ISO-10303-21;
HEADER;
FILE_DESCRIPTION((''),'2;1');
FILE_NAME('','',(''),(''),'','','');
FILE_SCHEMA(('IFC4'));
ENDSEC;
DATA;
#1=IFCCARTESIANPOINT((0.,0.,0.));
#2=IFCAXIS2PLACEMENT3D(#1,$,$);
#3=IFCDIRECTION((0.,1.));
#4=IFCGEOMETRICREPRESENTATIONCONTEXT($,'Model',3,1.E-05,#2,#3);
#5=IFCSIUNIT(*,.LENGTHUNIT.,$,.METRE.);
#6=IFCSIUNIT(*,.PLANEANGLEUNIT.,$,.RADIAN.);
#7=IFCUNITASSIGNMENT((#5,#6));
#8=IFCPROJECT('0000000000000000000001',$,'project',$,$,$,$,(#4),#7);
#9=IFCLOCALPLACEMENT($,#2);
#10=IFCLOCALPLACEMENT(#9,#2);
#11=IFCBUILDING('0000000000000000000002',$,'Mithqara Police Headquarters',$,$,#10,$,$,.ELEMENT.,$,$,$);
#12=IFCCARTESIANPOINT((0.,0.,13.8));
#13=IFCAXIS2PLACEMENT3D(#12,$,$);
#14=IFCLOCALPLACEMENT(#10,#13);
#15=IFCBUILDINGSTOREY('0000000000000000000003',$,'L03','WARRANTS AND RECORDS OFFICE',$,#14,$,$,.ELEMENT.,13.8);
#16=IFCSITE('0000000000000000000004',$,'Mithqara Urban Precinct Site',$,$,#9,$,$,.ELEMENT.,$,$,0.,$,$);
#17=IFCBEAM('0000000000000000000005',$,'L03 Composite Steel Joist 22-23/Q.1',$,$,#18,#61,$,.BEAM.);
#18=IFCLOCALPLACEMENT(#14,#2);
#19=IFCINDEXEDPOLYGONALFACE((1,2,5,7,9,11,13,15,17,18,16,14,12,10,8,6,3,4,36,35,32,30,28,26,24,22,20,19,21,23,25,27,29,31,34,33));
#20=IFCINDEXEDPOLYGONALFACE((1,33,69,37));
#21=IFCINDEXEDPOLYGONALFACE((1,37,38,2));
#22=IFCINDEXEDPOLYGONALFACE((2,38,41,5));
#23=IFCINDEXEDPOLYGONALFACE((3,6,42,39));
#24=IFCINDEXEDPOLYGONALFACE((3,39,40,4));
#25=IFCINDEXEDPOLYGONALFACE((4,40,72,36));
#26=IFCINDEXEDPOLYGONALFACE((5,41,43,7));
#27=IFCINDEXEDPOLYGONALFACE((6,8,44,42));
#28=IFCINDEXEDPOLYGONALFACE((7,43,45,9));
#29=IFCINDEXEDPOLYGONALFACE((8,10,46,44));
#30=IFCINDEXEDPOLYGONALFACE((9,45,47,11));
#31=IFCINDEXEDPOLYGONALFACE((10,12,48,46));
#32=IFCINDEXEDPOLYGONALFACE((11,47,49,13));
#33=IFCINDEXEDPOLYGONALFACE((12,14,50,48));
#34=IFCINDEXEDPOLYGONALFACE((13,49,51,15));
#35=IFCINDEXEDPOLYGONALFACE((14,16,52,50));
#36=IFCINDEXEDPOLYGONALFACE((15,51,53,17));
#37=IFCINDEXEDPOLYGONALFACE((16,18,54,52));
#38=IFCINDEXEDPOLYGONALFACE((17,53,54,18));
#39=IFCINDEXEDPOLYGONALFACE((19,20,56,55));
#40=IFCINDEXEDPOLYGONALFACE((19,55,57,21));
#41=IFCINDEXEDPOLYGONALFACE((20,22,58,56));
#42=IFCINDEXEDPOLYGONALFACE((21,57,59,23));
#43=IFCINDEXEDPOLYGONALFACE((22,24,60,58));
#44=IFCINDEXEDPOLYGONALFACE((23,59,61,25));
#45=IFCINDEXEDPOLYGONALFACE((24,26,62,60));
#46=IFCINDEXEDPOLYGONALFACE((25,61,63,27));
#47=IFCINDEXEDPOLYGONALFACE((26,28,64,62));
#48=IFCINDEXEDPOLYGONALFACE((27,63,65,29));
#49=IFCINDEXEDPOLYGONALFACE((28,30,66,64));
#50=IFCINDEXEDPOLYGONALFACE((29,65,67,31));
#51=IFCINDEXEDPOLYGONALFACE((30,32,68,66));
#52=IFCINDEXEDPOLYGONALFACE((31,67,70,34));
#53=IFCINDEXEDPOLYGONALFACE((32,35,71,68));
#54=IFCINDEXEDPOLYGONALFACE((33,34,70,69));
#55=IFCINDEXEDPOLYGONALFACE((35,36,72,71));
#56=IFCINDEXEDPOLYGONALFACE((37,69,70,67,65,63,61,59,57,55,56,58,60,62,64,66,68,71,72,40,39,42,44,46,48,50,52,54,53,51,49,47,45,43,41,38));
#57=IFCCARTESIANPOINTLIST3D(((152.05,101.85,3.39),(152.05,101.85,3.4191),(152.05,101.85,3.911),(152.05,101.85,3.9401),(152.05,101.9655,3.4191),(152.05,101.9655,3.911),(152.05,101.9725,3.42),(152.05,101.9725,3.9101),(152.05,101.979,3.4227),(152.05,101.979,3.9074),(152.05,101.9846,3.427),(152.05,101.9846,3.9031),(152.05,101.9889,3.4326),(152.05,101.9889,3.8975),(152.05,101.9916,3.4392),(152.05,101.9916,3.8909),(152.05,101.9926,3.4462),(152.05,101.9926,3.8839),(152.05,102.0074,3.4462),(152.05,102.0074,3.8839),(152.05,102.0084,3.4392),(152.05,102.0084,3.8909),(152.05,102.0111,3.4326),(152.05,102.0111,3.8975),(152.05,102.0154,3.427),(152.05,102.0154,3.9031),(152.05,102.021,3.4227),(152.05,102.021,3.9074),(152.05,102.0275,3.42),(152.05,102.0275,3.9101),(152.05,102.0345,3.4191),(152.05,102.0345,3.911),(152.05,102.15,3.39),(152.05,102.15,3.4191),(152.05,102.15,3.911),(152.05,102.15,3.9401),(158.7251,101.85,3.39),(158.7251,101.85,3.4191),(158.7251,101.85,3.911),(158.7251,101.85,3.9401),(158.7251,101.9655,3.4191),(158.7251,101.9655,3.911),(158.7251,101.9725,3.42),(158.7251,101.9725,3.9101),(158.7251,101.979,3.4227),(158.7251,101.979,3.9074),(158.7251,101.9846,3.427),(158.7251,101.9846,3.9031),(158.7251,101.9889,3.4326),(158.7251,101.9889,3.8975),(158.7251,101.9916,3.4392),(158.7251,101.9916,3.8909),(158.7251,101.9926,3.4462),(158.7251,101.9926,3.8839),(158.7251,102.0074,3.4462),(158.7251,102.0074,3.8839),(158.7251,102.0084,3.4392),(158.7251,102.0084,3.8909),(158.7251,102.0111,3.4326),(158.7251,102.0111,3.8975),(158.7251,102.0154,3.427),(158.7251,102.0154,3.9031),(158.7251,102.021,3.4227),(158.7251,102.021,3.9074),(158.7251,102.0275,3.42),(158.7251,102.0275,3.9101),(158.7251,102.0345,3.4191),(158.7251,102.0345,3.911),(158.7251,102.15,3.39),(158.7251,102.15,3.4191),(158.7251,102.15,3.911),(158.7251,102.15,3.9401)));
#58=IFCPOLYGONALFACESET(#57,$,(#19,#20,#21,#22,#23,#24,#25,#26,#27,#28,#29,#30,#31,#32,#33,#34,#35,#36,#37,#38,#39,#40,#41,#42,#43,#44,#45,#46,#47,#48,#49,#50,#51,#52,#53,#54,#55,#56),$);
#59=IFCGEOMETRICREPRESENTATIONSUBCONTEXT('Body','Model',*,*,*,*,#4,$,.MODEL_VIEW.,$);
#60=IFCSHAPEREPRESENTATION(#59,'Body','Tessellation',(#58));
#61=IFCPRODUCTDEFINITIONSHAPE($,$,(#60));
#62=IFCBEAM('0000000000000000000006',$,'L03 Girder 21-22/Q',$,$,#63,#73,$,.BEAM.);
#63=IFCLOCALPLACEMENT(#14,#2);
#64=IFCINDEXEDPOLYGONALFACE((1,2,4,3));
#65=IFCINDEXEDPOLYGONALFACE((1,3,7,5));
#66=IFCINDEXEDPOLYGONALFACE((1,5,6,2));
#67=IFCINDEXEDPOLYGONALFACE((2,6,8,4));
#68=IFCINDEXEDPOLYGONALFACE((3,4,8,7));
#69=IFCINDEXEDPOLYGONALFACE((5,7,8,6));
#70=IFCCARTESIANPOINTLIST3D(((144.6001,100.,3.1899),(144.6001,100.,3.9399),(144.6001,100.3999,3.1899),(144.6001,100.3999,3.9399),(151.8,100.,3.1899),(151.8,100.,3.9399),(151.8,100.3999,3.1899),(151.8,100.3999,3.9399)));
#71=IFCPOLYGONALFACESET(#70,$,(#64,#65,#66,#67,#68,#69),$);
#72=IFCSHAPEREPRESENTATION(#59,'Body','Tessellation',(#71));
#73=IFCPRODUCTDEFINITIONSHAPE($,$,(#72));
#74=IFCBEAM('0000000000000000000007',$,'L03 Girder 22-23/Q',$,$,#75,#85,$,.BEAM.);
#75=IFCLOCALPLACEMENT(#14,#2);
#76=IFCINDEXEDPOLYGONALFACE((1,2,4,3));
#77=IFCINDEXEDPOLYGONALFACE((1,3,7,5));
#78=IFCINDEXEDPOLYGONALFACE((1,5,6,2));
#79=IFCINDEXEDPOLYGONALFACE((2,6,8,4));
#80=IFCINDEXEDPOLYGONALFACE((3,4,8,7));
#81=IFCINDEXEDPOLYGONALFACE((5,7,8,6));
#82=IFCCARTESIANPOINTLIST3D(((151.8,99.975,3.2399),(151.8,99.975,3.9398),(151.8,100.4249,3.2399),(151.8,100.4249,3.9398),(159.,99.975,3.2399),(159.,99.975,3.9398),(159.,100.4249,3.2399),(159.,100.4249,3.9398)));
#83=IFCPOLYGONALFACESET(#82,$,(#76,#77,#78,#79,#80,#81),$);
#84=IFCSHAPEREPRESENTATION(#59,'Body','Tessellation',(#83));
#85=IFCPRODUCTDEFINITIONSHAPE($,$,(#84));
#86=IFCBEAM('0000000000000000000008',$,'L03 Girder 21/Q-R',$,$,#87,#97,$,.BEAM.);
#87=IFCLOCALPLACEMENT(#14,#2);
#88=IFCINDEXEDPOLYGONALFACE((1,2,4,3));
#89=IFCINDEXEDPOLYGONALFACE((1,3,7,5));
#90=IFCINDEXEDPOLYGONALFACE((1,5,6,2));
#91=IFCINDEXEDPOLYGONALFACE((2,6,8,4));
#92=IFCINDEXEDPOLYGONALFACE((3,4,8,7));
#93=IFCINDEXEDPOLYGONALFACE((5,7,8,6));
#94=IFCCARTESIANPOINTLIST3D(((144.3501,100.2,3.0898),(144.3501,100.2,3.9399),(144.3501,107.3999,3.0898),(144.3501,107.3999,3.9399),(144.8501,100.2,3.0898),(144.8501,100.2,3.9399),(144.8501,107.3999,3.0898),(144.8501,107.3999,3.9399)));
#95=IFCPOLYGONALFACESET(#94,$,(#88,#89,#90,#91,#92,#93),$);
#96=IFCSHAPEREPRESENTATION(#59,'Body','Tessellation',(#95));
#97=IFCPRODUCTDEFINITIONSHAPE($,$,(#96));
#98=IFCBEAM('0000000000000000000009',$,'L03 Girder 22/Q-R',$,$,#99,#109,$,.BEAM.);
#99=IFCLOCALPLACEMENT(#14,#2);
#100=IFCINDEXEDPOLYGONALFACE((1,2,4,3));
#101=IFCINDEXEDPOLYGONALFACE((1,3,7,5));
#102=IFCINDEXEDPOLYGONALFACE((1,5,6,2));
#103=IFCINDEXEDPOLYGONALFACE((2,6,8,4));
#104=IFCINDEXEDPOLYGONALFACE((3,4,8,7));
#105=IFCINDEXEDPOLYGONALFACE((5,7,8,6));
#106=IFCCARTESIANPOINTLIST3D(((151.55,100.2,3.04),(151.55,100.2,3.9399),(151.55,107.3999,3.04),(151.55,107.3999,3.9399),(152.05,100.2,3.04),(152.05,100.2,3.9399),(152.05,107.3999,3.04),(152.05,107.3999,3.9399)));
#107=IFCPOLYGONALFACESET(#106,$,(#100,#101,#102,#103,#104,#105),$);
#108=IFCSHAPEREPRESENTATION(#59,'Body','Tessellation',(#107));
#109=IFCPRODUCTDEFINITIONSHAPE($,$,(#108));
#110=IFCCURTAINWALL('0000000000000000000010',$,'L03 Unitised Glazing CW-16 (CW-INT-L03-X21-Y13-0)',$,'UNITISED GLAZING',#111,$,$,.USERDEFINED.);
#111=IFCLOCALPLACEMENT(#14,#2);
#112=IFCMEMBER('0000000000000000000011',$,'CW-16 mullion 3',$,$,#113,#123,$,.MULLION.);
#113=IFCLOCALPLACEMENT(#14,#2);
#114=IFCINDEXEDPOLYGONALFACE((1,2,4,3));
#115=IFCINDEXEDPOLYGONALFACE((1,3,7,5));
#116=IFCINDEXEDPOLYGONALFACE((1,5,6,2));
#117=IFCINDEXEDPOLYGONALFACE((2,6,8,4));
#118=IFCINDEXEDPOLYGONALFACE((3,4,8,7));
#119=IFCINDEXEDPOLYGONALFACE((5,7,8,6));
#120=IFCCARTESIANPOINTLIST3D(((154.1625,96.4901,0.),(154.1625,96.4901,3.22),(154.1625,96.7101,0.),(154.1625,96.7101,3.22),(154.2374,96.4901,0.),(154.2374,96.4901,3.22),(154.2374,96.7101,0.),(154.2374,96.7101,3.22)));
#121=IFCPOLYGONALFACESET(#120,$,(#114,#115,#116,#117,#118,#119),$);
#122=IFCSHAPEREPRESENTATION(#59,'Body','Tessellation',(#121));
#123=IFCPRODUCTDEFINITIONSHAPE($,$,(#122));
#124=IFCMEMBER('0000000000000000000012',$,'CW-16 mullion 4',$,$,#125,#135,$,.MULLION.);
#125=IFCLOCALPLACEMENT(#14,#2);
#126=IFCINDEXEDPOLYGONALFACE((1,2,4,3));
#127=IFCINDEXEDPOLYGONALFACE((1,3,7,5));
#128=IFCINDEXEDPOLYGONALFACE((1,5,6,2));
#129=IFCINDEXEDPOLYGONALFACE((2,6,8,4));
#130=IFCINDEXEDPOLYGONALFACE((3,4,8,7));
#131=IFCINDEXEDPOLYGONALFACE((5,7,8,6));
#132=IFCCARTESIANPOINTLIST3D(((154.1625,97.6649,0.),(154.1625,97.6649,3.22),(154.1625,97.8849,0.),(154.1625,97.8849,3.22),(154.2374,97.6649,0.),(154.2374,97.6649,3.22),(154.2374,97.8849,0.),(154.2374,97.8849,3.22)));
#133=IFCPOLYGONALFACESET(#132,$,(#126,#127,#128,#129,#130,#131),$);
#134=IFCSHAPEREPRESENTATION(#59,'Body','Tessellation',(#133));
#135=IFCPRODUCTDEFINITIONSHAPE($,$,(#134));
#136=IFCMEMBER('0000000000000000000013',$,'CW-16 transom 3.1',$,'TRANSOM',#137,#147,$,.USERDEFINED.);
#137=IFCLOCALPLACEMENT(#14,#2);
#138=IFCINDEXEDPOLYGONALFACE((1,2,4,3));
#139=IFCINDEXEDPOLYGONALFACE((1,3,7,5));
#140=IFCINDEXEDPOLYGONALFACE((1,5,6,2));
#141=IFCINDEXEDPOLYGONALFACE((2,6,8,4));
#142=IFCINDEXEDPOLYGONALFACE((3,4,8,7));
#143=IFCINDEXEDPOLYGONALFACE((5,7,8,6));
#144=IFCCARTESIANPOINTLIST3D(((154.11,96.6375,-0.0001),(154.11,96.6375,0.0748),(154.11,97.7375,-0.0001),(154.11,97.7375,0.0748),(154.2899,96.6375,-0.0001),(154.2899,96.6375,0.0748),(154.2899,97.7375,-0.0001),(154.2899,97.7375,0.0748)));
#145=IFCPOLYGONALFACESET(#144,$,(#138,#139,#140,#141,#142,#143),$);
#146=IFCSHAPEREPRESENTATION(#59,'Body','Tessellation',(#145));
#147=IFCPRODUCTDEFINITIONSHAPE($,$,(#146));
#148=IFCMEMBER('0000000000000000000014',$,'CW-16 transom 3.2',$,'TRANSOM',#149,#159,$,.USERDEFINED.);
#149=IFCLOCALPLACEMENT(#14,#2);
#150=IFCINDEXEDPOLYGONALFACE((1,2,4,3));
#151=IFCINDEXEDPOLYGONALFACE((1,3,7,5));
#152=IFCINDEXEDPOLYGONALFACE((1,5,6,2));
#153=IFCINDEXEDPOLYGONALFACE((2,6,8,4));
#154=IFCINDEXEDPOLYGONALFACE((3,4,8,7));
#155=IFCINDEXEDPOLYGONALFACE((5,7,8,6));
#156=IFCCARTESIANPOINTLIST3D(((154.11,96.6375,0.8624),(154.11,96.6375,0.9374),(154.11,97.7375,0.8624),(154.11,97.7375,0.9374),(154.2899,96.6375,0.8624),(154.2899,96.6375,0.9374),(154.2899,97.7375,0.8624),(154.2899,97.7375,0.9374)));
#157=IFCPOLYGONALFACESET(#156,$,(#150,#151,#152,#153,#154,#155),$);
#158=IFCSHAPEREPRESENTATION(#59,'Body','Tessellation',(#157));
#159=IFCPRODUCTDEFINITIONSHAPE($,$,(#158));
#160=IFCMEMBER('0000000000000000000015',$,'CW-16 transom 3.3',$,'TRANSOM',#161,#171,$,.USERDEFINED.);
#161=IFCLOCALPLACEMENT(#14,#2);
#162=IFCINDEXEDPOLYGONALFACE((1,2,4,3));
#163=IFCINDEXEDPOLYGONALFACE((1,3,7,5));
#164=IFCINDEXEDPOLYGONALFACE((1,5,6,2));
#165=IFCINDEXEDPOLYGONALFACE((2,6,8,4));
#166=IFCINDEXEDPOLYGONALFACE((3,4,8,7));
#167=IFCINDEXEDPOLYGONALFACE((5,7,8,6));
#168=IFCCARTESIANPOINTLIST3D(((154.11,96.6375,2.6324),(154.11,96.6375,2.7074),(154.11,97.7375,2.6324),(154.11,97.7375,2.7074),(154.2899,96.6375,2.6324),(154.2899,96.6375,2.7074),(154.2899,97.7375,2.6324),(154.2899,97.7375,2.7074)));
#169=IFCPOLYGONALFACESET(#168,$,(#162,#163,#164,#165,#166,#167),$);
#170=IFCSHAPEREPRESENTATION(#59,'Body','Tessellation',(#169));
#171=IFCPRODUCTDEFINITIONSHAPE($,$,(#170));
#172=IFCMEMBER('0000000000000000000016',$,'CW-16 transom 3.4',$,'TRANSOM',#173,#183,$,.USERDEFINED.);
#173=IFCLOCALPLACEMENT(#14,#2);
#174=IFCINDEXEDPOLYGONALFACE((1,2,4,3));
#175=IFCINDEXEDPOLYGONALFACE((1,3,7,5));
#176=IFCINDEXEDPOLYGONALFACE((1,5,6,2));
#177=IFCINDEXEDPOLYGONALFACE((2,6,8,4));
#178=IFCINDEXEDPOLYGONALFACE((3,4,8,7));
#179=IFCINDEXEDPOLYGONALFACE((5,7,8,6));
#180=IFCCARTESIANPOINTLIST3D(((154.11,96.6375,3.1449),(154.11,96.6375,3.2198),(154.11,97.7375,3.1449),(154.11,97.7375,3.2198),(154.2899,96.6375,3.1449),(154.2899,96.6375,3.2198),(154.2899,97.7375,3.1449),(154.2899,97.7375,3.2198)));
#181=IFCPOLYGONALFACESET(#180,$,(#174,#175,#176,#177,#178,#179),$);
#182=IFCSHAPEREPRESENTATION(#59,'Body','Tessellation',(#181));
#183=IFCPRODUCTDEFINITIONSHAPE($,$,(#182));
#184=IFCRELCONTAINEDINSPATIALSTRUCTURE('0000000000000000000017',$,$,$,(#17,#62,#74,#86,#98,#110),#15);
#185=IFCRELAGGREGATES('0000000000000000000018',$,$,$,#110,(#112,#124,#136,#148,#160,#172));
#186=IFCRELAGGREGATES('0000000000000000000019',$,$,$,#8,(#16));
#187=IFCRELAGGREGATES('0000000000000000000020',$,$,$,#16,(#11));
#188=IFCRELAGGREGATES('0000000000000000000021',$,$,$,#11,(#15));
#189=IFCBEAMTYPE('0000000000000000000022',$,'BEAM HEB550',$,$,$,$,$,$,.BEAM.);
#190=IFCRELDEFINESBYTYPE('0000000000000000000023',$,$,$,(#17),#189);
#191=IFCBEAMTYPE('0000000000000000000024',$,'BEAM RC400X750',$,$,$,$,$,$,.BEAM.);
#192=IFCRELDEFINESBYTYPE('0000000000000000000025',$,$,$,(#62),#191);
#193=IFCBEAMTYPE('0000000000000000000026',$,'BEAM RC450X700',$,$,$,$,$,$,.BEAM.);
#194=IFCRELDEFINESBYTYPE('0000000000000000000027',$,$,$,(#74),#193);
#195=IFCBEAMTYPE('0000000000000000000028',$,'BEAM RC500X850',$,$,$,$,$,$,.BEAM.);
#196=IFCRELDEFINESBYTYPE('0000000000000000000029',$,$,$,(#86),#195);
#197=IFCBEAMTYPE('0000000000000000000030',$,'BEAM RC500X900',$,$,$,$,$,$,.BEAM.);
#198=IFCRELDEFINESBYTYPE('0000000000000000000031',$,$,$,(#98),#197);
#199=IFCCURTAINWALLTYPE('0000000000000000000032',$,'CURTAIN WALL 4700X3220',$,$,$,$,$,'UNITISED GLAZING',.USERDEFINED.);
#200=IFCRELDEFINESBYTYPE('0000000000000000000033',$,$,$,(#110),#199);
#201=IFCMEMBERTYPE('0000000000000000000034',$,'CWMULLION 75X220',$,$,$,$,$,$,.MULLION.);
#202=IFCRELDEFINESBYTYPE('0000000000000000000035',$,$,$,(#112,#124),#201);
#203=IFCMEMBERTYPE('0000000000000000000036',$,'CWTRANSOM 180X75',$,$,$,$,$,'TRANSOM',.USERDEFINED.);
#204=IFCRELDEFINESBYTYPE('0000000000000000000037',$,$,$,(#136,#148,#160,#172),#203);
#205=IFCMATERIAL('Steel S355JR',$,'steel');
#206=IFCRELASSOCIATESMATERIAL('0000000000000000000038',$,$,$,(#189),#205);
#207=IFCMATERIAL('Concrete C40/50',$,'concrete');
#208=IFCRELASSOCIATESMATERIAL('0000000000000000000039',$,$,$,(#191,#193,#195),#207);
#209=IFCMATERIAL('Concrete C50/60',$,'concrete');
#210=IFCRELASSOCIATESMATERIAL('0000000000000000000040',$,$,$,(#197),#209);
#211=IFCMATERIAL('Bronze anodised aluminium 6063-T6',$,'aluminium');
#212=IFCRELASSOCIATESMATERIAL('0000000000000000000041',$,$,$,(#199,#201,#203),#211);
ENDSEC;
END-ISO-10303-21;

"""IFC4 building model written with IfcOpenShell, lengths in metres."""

from ifc_helpers import new_model, si_unit, direction, frame, origin, origin_2d, place, context, subcontext, project, spatial, rectangle, i_section, extrude, material, material_profile, profile_set, type_object, element, aggregate, save


model = new_model("IFC4")

# Units and contexts
model_context = context("Model", 3, precision=1e-05, world=origin(), true_north=direction((0.0, 1.0)))
body_context = subcontext(model_context, "Body", "Model", "MODEL_VIEW")
ifc_project = project(units=[si_unit("LENGTHUNIT", "METRE"), si_unit("PLANEANGLEUNIT", "RADIAN")], contexts=[model_context])

# Site, building, storey
site_placement = place(None, origin())
site = spatial("IfcSite", under=ifc_project, at=site_placement, Name="Mithqara Urban Precinct Site", CompositionType="ELEMENT", RefElevation=0.0)
building_placement = place(site_placement, origin())
building = spatial("IfcBuilding", under=site, at=building_placement, Name="Mithqara Police Headquarters", CompositionType="ELEMENT")
storey_placement = place(building_placement, frame((0.0, 0.0, 13.8)))
storey = spatial("IfcBuildingStorey", under=building, at=storey_placement, Name="L03", Description="WARRANTS AND RECORDS OFFICE", CompositionType="ELEMENT", Elevation=13.8)

# Shared definitions
ifc_material_1 = material(Name="Concrete C50/60", Category="concrete")

# Beams
ifc_material_2 = material(Name="Steel S355JR", Category="steel")
ifc_material_profile_1 = material_profile(ifc_material_2, i_section(OverallWidth=0.3, OverallDepth=0.55, WebThickness=0.0149, FlangeThickness=0.0291, FilletRadius=0.0271, at=origin_2d()), Name="HEB 550")
ifc_profile_set_1 = profile_set([ifc_material_profile_1], Name="Steel S355JR")
beam_type_1 = type_object("IfcBeamType", Name="BEAM HEB550", PredefinedType="BEAM", material=ifc_profile_set_1)
beam_1_placement = place(storey_placement, frame((152.05, 102.0, 3.665), z_axis=(1.0, 0.0, 0.0), x_axis=(0.0, 1.0, 0.0)))
element("IfcBeam", 1, at=beam_1_placement, inside=storey, type_object=beam_type_1, Name="L03 Composite Steel Joist 22-23/Q.1", PredefinedType="BEAM", context=body_context, shape_type="SweptSolid", body=[
    extrude(i_section(OverallWidth=0.3, OverallDepth=0.55, WebThickness=0.0149, FlangeThickness=0.0291, FilletRadius=0.0271, at=origin_2d()), origin(), (0.0, 0.0, 1.0), 6.675),
])
ifc_material_3 = material(Name="Concrete C40/50", Category="concrete")
ifc_material_profile_2 = material_profile(ifc_material_3, rectangle(XDim=0.3999, YDim=0.75, at=origin_2d()), Name="RC 400x750")
ifc_profile_set_2 = profile_set([ifc_material_profile_2], Name="Concrete C40/50")
beam_type_2 = type_object("IfcBeamType", Name="BEAM RC400X750", PredefinedType="BEAM", material=ifc_profile_set_2)
beam_2_placement = place(storey_placement, frame((144.6001, 100.2, 3.5649), z_axis=(1.0, 0.0, 0.0), x_axis=(0.0, 1.0, 0.0)))
element("IfcBeam", 2, at=beam_2_placement, inside=storey, type_object=beam_type_2, Name="L03 Girder 21-22/Q", PredefinedType="BEAM", context=body_context, shape_type="SweptSolid", body=[
    extrude(rectangle(XDim=0.3999, YDim=0.75, at=origin_2d()), origin(), (0.0, 0.0, 1.0), 7.2),
])
ifc_material_profile_3 = material_profile(ifc_material_3, rectangle(XDim=0.45, YDim=0.7, at=origin_2d()), Name="RC 450x700")
ifc_profile_set_3 = profile_set([ifc_material_profile_3], Name="Concrete C40/50")
beam_type_3 = type_object("IfcBeamType", Name="BEAM RC450X700", PredefinedType="BEAM", material=ifc_profile_set_3)
beam_3_placement = place(storey_placement, frame((151.8, 100.2, 3.5898), z_axis=(1.0, 0.0, 0.0), x_axis=(0.0, 1.0, 0.0)))
element("IfcBeam", 3, at=beam_3_placement, inside=storey, type_object=beam_type_3, Name="L03 Girder 22-23/Q", PredefinedType="BEAM", context=body_context, shape_type="SweptSolid", body=[
    extrude(rectangle(XDim=0.45, YDim=0.7, at=origin_2d()), origin(), (0.0, 0.0, 1.0), 7.2),
])
ifc_material_profile_4 = material_profile(ifc_material_3, rectangle(XDim=0.5, YDim=0.8501, at=origin_2d()), Name="RC 500x850")
ifc_profile_set_4 = profile_set([ifc_material_profile_4], Name="Concrete C40/50")
beam_type_4 = type_object("IfcBeamType", Name="BEAM RC500X850", PredefinedType="BEAM", material=ifc_profile_set_4)
beam_4_placement = place(storey_placement, frame((144.6001, 100.2, 3.5149), z_axis=(0.0, 1.0, 0.0), x_axis=(-1.0, 0.0, 0.0)))
element("IfcBeam", 4, at=beam_4_placement, inside=storey, type_object=beam_type_4, Name="L03 Girder 21/Q-R", PredefinedType="BEAM", context=body_context, shape_type="SweptSolid", body=[
    extrude(rectangle(XDim=0.5, YDim=0.8501, at=origin_2d()), origin(), (0.0, 0.0, 1.0), 7.2),
])
ifc_material_profile_5 = material_profile(ifc_material_1, rectangle(XDim=0.5, YDim=0.8999, at=origin_2d()), Name="RC 500x900")
ifc_profile_set_5 = profile_set([ifc_material_profile_5], Name="Concrete C50/60")
beam_type_5 = type_object("IfcBeamType", Name="BEAM RC500X900", PredefinedType="BEAM", material=ifc_profile_set_5)
beam_5_placement = place(storey_placement, frame((151.8, 100.2, 3.49), z_axis=(0.0, 1.0, 0.0), x_axis=(-1.0, 0.0, 0.0)))
element("IfcBeam", 5, at=beam_5_placement, inside=storey, type_object=beam_type_5, Name="L03 Girder 22/Q-R", PredefinedType="BEAM", context=body_context, shape_type="SweptSolid", body=[
    extrude(rectangle(XDim=0.5, YDim=0.8999, at=origin_2d()), origin(), (0.0, 0.0, 1.0), 7.2),
])

# Curtain wall, members
ifc_material_4 = material(Name="Bronze anodised aluminium 6063-T6", Category="aluminium")
curtain_wall_type = type_object("IfcCurtainWallType", Name="CURTAIN WALL 4700X3220", ElementType="UNITISED GLAZING", PredefinedType="USERDEFINED", material=ifc_material_4)
curtain_wall_placement = place(storey_placement, origin())
curtain_wall = element("IfcCurtainWall", 6, at=curtain_wall_placement, inside=storey, type_object=curtain_wall_type, Name="L03 Unitised Glazing CW-16 (CW-INT-L03-X21-Y13-0)", ObjectType="UNITISED GLAZING", PredefinedType="USERDEFINED")
ifc_material_profile_6 = material_profile(ifc_material_4, rectangle(XDim=0.075, YDim=0.22, at=origin_2d()), Name="CWM 75x220")
ifc_profile_set_6 = profile_set([ifc_material_profile_6], Name="Bronze anodised aluminium 6063-T6")
member_type_1 = type_object("IfcMemberType", Name="CWMULLION 75X220", PredefinedType="MULLION", material=ifc_profile_set_6)
member_1_placement = place(storey_placement, frame((154.2, 96.6001, 0.0), z_axis=(0.0, 0.0, 1.0), x_axis=(-1.0, 0.0, 0.0)))
member_1 = element("IfcMember", 7, at=member_1_placement, type_object=member_type_1, Name="CW-16 mullion 3", PredefinedType="MULLION", context=body_context, shape_type="SweptSolid", body=[
    extrude(rectangle(XDim=0.075, YDim=0.22, at=origin_2d()), origin(), (0.0, 0.0, 1.0), 3.22),
])
member_2_placement = place(storey_placement, frame((154.2, 97.7749, 0.0), z_axis=(0.0, 0.0, 1.0), x_axis=(-1.0, 0.0, 0.0)))
member_2 = element("IfcMember", 8, at=member_2_placement, type_object=member_type_1, Name="CW-16 mullion 4", PredefinedType="MULLION", context=body_context, shape_type="SweptSolid", body=[
    extrude(rectangle(XDim=0.075, YDim=0.22, at=origin_2d()), origin(), (0.0, 0.0, 1.0), 3.22),
])
ifc_material_profile_7 = material_profile(ifc_material_4, rectangle(XDim=0.1799, YDim=0.075, at=origin_2d()), Name="CWT 180x75")
ifc_profile_set_7 = profile_set([ifc_material_profile_7], Name="Bronze anodised aluminium 6063-T6")
member_type_2 = type_object("IfcMemberType", Name="CWTRANSOM 180X75", ElementType="TRANSOM", PredefinedType="USERDEFINED", material=ifc_profile_set_7)
member_3_placement = place(storey_placement, frame((154.2, 96.6375, 0.0374), z_axis=(0.0, 1.0, 0.0), x_axis=(-1.0, 0.0, 0.0)))
member_3 = element("IfcMember", 9, at=member_3_placement, type_object=member_type_2, Name="CW-16 transom 3.1", ObjectType="TRANSOM", PredefinedType="USERDEFINED", context=body_context, shape_type="SweptSolid", body=[
    extrude(rectangle(XDim=0.1799, YDim=0.075, at=origin_2d()), origin(), (0.0, 0.0, 1.0), 1.1001),
])
member_4_placement = place(storey_placement, frame((154.2, 96.6375, 0.8999), z_axis=(0.0, 1.0, 0.0), x_axis=(-1.0, 0.0, 0.0)))
member_4 = element("IfcMember", 10, at=member_4_placement, type_object=member_type_2, Name="CW-16 transom 3.2", ObjectType="TRANSOM", PredefinedType="USERDEFINED", context=body_context, shape_type="SweptSolid", body=[
    extrude(rectangle(XDim=0.1799, YDim=0.075, at=origin_2d()), origin(), (0.0, 0.0, 1.0), 1.1001),
])
member_5_placement = place(storey_placement, frame((154.2, 96.6375, 2.6699), z_axis=(0.0, 1.0, 0.0), x_axis=(-1.0, 0.0, 0.0)))
member_5 = element("IfcMember", 11, at=member_5_placement, type_object=member_type_2, Name="CW-16 transom 3.3", ObjectType="TRANSOM", PredefinedType="USERDEFINED", context=body_context, shape_type="SweptSolid", body=[
    extrude(rectangle(XDim=0.1799, YDim=0.075, at=origin_2d()), origin(), (0.0, 0.0, 1.0), 1.1001),
])
member_6_placement = place(storey_placement, frame((154.2, 96.6375, 3.1824), z_axis=(0.0, 1.0, 0.0), x_axis=(-1.0, 0.0, 0.0)))
member_6 = element("IfcMember", 12, at=member_6_placement, type_object=member_type_2, Name="CW-16 transom 3.4", ObjectType="TRANSOM", PredefinedType="USERDEFINED", context=body_context, shape_type="SweptSolid", body=[
    extrude(rectangle(XDim=0.1799, YDim=0.075, at=origin_2d()), origin(), (0.0, 0.0, 1.0), 1.1001),
])
aggregate(curtain_wall, [member_1, member_2, member_3, member_4, member_5, member_6])

save(model, "model.ifc")
